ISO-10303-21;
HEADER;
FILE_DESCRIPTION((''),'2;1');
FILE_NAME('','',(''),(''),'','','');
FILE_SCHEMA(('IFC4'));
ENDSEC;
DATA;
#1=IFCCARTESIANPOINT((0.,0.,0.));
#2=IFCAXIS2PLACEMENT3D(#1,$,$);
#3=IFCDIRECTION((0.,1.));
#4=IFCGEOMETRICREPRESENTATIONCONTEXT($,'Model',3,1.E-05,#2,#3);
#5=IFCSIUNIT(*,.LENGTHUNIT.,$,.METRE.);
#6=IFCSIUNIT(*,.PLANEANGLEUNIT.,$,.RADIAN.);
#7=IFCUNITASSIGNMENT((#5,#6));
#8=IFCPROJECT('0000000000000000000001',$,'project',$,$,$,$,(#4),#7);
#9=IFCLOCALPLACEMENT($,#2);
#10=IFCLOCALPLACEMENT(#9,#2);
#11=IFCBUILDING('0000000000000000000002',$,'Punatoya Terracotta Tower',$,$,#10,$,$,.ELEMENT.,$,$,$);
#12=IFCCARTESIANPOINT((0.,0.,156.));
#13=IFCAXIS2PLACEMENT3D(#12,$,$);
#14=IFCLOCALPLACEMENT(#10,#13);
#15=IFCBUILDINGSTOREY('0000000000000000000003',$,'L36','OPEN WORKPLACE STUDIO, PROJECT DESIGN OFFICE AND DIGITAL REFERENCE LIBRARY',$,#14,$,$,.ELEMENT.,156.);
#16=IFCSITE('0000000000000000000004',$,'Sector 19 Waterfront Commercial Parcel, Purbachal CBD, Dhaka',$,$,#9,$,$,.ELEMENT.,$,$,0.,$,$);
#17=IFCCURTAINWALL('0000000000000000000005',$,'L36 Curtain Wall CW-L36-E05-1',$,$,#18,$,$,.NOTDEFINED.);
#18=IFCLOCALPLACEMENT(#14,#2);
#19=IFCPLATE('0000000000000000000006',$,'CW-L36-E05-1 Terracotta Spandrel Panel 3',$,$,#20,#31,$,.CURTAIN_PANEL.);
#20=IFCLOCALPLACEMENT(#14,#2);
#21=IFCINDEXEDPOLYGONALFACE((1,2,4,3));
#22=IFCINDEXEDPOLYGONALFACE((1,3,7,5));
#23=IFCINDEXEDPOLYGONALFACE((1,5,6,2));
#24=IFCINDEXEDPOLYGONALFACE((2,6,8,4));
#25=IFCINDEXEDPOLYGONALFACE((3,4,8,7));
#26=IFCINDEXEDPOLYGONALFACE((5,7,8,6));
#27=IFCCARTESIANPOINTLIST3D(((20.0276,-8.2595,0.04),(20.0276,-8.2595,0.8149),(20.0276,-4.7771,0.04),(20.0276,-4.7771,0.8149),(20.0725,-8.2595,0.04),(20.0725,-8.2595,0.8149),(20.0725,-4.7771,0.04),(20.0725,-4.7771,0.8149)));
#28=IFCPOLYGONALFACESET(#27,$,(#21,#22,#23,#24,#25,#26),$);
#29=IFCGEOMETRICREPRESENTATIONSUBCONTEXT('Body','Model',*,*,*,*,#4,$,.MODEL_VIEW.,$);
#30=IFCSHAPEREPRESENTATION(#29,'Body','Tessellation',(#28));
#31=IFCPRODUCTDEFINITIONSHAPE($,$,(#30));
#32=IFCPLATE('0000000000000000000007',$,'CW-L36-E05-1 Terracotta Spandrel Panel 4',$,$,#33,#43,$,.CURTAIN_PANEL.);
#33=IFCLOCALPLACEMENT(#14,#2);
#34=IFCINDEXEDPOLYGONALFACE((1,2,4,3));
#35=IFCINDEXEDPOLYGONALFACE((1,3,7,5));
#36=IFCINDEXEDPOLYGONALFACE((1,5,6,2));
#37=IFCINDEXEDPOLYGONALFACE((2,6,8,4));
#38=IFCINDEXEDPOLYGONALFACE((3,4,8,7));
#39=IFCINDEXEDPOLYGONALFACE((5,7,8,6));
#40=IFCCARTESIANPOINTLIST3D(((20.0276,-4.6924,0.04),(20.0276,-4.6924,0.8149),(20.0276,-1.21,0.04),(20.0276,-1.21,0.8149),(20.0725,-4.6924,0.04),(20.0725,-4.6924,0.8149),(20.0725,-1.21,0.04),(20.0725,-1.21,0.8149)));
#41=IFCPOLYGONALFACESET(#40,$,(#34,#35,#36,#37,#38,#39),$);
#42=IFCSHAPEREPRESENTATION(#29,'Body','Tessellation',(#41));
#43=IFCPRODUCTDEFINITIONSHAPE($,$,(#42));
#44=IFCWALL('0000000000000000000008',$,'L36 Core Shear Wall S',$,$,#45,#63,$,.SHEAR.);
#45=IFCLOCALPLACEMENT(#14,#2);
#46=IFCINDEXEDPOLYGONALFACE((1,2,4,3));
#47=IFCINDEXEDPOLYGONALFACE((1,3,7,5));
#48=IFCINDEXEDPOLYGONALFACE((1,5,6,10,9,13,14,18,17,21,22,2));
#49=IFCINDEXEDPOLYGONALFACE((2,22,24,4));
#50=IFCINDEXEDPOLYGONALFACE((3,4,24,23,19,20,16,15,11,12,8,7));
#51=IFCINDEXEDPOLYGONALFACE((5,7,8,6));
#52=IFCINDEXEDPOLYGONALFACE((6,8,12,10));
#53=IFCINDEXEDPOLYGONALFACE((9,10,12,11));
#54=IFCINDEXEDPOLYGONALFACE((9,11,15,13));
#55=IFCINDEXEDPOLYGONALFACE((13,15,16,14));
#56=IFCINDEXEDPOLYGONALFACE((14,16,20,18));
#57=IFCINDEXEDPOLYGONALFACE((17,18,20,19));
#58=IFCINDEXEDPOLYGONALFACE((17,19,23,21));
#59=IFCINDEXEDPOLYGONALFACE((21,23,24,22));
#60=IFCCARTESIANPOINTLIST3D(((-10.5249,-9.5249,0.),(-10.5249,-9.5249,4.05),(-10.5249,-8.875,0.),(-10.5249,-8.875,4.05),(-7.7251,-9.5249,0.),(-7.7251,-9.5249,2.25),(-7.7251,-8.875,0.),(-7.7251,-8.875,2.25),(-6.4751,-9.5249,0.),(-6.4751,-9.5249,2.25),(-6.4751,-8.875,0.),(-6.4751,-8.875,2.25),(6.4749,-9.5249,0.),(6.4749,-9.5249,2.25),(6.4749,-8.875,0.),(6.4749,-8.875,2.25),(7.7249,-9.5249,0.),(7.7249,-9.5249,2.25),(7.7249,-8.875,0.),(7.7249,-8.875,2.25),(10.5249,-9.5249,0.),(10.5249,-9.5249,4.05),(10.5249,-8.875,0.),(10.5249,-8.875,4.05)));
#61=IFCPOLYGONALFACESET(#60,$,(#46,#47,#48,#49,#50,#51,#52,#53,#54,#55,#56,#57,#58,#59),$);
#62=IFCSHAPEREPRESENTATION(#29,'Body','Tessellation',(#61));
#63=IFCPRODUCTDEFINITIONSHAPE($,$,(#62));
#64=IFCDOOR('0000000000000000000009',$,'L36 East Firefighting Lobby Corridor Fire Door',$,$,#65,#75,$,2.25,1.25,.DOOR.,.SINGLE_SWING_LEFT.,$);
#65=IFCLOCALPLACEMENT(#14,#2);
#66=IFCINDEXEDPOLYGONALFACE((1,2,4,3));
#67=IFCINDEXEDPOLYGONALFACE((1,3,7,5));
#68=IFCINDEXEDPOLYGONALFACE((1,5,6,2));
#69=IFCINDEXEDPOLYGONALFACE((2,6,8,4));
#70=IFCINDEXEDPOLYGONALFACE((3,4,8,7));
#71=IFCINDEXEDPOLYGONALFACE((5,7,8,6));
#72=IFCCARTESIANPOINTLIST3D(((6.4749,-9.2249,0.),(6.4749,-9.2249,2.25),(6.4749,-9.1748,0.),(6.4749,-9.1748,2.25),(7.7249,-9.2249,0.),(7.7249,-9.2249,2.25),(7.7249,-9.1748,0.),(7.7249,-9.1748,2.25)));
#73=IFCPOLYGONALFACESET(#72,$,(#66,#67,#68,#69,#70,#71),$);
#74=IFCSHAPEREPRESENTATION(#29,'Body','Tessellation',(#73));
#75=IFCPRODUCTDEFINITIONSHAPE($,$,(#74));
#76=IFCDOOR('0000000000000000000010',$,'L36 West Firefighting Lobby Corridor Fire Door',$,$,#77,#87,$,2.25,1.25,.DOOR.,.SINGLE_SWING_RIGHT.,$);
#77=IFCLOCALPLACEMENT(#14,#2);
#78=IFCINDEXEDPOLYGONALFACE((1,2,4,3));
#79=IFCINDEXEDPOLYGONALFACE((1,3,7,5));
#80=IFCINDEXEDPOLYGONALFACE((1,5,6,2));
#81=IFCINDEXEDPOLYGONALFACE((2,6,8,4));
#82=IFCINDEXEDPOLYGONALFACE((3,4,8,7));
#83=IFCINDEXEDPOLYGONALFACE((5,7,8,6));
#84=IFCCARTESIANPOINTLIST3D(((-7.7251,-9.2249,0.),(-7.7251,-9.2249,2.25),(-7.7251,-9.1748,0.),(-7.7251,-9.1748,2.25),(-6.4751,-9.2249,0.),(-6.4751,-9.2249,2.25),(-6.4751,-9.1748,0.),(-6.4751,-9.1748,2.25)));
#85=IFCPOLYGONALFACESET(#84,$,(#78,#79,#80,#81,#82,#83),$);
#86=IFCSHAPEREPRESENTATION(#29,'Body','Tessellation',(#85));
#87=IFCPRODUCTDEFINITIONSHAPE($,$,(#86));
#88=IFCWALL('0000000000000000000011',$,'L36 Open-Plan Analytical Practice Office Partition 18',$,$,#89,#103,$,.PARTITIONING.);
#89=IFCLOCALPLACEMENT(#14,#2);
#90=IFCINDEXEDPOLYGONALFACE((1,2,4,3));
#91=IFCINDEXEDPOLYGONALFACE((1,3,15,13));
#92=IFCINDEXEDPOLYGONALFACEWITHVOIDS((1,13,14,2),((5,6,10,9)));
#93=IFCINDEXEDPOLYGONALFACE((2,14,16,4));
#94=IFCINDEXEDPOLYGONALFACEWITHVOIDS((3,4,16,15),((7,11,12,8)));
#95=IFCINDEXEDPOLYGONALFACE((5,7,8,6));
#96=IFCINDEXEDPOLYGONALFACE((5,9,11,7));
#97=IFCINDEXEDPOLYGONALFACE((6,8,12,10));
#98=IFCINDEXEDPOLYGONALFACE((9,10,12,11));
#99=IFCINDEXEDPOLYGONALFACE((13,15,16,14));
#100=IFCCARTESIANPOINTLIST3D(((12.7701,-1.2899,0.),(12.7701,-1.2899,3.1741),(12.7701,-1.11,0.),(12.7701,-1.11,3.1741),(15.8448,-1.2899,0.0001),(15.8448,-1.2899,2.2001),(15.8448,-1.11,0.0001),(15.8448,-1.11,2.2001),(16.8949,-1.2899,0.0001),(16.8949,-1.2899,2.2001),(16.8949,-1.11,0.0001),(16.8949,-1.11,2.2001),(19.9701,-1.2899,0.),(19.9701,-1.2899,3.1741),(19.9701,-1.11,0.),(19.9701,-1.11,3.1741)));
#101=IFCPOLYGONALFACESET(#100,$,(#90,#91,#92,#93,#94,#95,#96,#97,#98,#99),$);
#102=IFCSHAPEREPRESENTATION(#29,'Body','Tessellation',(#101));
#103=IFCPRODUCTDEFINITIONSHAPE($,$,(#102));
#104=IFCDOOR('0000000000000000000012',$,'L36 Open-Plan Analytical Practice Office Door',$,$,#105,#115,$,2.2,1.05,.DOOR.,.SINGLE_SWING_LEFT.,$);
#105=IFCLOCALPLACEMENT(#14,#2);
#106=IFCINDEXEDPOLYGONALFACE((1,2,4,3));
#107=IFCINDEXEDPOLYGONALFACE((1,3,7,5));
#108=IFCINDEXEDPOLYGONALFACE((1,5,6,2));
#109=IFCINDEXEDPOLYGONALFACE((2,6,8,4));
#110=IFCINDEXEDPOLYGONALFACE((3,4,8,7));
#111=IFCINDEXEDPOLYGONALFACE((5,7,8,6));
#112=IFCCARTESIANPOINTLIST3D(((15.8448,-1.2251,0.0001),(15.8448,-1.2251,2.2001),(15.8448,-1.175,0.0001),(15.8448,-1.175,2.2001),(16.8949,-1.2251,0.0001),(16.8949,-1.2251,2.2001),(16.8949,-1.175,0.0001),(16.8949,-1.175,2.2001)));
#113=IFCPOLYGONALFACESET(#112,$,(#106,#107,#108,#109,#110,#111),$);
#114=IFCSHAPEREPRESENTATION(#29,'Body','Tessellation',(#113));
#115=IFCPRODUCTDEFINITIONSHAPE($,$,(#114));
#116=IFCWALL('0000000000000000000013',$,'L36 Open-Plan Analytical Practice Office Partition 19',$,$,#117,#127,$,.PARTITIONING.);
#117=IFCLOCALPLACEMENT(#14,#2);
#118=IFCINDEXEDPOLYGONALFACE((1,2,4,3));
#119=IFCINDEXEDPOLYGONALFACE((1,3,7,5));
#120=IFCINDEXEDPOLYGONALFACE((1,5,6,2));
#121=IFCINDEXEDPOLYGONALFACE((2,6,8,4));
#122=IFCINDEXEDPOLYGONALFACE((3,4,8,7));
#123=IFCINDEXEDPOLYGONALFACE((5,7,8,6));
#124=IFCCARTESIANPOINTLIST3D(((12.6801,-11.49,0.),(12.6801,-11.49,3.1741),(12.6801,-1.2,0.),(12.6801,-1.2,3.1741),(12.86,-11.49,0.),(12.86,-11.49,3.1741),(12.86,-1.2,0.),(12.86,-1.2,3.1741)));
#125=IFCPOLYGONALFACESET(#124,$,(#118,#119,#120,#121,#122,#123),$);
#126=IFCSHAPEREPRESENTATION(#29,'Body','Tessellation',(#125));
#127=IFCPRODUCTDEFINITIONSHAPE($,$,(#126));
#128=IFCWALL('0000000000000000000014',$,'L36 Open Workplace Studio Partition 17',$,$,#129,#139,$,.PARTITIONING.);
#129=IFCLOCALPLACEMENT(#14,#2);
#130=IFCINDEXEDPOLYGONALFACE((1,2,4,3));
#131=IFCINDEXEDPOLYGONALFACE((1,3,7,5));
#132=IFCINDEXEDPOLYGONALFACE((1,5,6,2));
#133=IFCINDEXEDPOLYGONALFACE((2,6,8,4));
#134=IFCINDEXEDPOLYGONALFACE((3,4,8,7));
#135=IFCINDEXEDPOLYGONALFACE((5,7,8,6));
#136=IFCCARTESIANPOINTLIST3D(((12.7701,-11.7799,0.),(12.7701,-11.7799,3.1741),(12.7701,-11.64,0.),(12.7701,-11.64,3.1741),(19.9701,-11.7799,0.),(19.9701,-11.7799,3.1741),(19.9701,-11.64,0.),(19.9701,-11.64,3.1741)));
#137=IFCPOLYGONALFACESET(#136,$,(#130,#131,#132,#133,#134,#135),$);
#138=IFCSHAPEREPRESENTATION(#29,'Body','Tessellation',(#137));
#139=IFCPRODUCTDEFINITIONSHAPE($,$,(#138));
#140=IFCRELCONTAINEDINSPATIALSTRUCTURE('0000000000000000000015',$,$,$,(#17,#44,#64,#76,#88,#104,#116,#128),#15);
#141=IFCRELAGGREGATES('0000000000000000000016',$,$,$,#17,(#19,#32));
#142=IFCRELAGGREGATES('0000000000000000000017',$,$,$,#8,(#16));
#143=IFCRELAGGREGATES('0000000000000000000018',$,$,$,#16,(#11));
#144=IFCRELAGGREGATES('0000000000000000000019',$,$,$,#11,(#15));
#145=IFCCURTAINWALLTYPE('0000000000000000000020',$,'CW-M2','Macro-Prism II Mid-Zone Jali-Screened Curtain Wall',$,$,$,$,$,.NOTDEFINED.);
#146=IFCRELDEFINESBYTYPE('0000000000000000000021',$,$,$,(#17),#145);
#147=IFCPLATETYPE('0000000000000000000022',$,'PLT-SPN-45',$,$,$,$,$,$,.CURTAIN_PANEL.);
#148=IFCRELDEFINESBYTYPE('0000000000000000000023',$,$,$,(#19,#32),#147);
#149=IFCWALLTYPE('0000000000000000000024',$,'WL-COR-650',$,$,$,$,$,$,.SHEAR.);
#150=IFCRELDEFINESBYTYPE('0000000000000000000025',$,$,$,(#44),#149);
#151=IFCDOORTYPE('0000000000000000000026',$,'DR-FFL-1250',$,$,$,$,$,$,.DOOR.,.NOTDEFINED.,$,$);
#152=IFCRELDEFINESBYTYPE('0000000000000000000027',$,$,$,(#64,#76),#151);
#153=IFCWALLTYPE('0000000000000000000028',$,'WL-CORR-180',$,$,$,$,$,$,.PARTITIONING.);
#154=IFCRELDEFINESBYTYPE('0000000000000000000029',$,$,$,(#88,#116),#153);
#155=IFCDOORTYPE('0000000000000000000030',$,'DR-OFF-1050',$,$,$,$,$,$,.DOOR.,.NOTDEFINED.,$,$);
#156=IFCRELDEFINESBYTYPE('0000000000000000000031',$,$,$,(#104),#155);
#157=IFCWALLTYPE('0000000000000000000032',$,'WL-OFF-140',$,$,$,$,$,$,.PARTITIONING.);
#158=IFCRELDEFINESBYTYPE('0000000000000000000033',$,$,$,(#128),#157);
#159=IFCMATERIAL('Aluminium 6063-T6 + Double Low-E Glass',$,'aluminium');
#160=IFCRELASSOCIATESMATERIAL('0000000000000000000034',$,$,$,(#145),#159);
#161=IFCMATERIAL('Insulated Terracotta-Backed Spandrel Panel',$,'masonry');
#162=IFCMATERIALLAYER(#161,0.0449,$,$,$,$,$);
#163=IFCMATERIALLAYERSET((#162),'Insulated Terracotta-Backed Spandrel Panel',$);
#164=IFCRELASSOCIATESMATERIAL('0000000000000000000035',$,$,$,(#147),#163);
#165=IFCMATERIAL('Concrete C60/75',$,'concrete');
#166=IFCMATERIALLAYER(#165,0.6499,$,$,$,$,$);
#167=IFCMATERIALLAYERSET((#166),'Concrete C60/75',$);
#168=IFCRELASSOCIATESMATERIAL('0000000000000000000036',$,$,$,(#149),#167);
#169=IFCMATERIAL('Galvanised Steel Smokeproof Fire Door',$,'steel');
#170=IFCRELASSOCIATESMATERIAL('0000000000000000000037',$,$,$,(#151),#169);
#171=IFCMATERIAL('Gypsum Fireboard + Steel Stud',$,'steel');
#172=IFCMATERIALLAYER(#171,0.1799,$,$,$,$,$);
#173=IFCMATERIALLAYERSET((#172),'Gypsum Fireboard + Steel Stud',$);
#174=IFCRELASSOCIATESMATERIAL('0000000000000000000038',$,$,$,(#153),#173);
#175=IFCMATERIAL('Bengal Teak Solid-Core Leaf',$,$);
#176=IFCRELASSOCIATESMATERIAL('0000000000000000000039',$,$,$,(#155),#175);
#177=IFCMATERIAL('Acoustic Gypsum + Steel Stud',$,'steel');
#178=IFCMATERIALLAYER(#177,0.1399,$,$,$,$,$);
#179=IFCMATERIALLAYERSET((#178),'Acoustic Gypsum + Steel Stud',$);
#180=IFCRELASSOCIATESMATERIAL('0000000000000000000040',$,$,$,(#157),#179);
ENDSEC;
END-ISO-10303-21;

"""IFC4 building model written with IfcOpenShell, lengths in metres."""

from ifc_helpers import new_model, si_unit, direction, frame, frame_2d, origin, origin_2d, place, context, subcontext, project, spatial, rectangle, extrude, material, layer, layer_set, type_object, element, fill, aggregate, save


model = new_model("IFC4")

# Units and contexts
model_context = context("Model", 3, precision=1e-05, world=origin(), true_north=direction((0.0, 1.0)))
body_context = subcontext(model_context, "Body", "Model", "MODEL_VIEW")
ifc_project = project(units=[si_unit("LENGTHUNIT", "METRE"), si_unit("PLANEANGLEUNIT", "RADIAN")], contexts=[model_context])

# Site, building, storey
site_placement = place(None, origin())
site = spatial("IfcSite", under=ifc_project, at=site_placement, Name="Sector 19 Waterfront Commercial Parcel, Purbachal CBD, Dhaka", CompositionType="ELEMENT", RefElevation=0.0)
building_placement = place(site_placement, origin())
building = spatial("IfcBuilding", under=site, at=building_placement, Name="Punatoya Terracotta Tower", CompositionType="ELEMENT")
storey_placement = place(building_placement, frame((0.0, 0.0, 156.0)))
storey = spatial("IfcBuildingStorey", under=building, at=storey_placement, Name="L36", Description="OPEN WORKPLACE STUDIO, PROJECT DESIGN OFFICE AND DIGITAL REFERENCE LIBRARY", CompositionType="ELEMENT", Elevation=156.0)

# Curtain wall, plates
ifc_material_1 = material(Name="Aluminium 6063-T6 + Double Low-E Glass", Category="aluminium")
curtain_wall_type = type_object("IfcCurtainWallType", Name="CW-M2", Description="Macro-Prism II Mid-Zone Jali-Screened Curtain Wall", PredefinedType="NOTDEFINED", material=ifc_material_1)
curtain_wall_placement = place(storey_placement, origin())
curtain_wall = element("IfcCurtainWall", 1, at=curtain_wall_placement, inside=storey, type_object=curtain_wall_type, Name="L36 Curtain Wall CW-L36-E05-1", PredefinedType="NOTDEFINED")
ifc_material_2 = material(Name="Insulated Terracotta-Backed Spandrel Panel", Category="masonry")
ifc_layer_1 = layer(ifc_material_2, 0.0449)
ifc_layer_set_1 = layer_set([ifc_layer_1], Name="Insulated Terracotta-Backed Spandrel Panel")
plate_type_1 = type_object("IfcPlateType", Name="PLT-SPN-45", PredefinedType="CURTAIN_PANEL", material=ifc_layer_set_1)
plate_1_placement = place(storey_placement, frame((20.05, -6.5183, 0.04), z_axis=(0.0, 0.0, 1.0), x_axis=(0.0, 1.0, 0.0)))
plate_1 = element("IfcPlate", 2, at=plate_1_placement, type_object=plate_type_1, Name="CW-L36-E05-1 Terracotta Spandrel Panel 3", PredefinedType="CURTAIN_PANEL", context=body_context, shape_type="SweptSolid", body=[
    extrude(rectangle(XDim=3.4824, YDim=0.0449, at=origin_2d()), origin(), (0.0, 0.0, 1.0), 0.7749),
])
plate_2_placement = place(storey_placement, frame((20.05, -2.9512, 0.04), z_axis=(0.0, 0.0, 1.0), x_axis=(0.0, 1.0, 0.0)))
plate_2 = element("IfcPlate", 3, at=plate_2_placement, type_object=plate_type_1, Name="CW-L36-E05-1 Terracotta Spandrel Panel 4", PredefinedType="CURTAIN_PANEL", context=body_context, shape_type="SweptSolid", body=[
    extrude(rectangle(XDim=3.4824, YDim=0.0449, at=origin_2d()), origin(), (0.0, 0.0, 1.0), 0.7749),
])
aggregate(curtain_wall, [plate_1, plate_2])

# Wall, openings, doors
ifc_material_3 = material(Name="Concrete C60/75", Category="concrete")
ifc_layer_2 = layer(ifc_material_3, 0.6499)
ifc_layer_set_2 = layer_set([ifc_layer_2], Name="Concrete C60/75")
wall_type_1 = type_object("IfcWallType", Name="WL-COR-650", PredefinedType="SHEAR", material=ifc_layer_set_2)
wall_1_placement = place(storey_placement, frame((10.5249, -9.2, 0.0), z_axis=(0.0, 0.0, 1.0), x_axis=(-1.0, 0.0, 0.0)))
wall_1 = element("IfcWall", 4, at=wall_1_placement, inside=storey, type_object=wall_type_1, Name="L36 Core Shear Wall S", PredefinedType="SHEAR", context=body_context, shape_type="SweptSolid", body=[
    extrude(rectangle(XDim=21.0498, YDim=0.6499, at=frame_2d((10.5249, 0.0))), origin(), (0.0, 0.0, 1.0), 4.05),
])
opening_1_placement = place(wall_1_placement, frame((2.8, 0.0, 0.0)))
opening_1 = element("IfcOpeningElement", 5, at=opening_1_placement, cuts=wall_1, PredefinedType="OPENING", context=body_context, shape_type="SweptSolid", body=[
    extrude(rectangle(XDim=1.25, YDim=2.25, at=frame_2d((0.625, 1.125))), frame((0.0, 0.335, 0.0), z_axis=(0.0, -1.0, 0.0), x_axis=(1.0, 0.0, 0.0)), (0.0, 0.0, 1.0), 0.6699),
])
opening_2_placement = place(wall_1_placement, frame((17.0, 0.0, 0.0)))
opening_2 = element("IfcOpeningElement", 6, at=opening_2_placement, cuts=wall_1, PredefinedType="OPENING", context=body_context, shape_type="SweptSolid", body=[
    extrude(rectangle(XDim=1.25, YDim=2.25, at=frame_2d((0.625, 1.125))), frame((0.0, 0.335, 0.0), z_axis=(0.0, -1.0, 0.0), x_axis=(1.0, 0.0, 0.0)), (0.0, 0.0, 1.0), 0.6699),
])
ifc_material_4 = material(Name="Galvanised Steel Smokeproof Fire Door", Category="steel")
door_type_1 = type_object("IfcDoorType", Name="DR-FFL-1250", OperationType="NOTDEFINED", PredefinedType="DOOR", material=ifc_material_4)
door_1_placement = place(opening_1_placement, origin())
door_1 = element("IfcDoor", 7, at=door_1_placement, inside=storey, type_object=door_type_1, Name="L36 East Firefighting Lobby Corridor Fire Door", OperationType="SINGLE_SWING_LEFT", OverallHeight=2.25, OverallWidth=1.25, PredefinedType="DOOR", context=body_context, shape_type="SweptSolid", body=[
    extrude(rectangle(XDim=1.25, YDim=2.25, at=frame_2d((0.625, 1.125))), frame((0.0, 0.0249, 0.0), z_axis=(0.0, -1.0, 0.0), x_axis=(1.0, 0.0, 0.0)), (0.0, 0.0, 1.0), 0.05),
])
fill(opening_1, door_1)
door_2_placement = place(opening_2_placement, origin())
door_2 = element("IfcDoor", 8, at=door_2_placement, inside=storey, type_object=door_type_1, Name="L36 West Firefighting Lobby Corridor Fire Door", OperationType="SINGLE_SWING_RIGHT", OverallHeight=2.25, OverallWidth=1.25, PredefinedType="DOOR", context=body_context, shape_type="SweptSolid", body=[
    extrude(rectangle(XDim=1.25, YDim=2.25, at=frame_2d((0.625, 1.125))), frame((0.0, 0.0249, 0.0), z_axis=(0.0, -1.0, 0.0), x_axis=(1.0, 0.0, 0.0)), (0.0, 0.0, 1.0), 0.05),
])
fill(opening_2, door_2)

# Wall, opening, door
ifc_material_5 = material(Name="Gypsum Fireboard + Steel Stud", Category="steel")
ifc_layer_3 = layer(ifc_material_5, 0.1799)
ifc_layer_set_3 = layer_set([ifc_layer_3], Name="Gypsum Fireboard + Steel Stud")
wall_type_2 = type_object("IfcWallType", Name="WL-CORR-180", PredefinedType="PARTITIONING", material=ifc_layer_set_3)
wall_2_placement = place(storey_placement, frame((12.77, -1.2, 0.0), z_axis=(0.0, 0.0, 1.0), x_axis=(1.0, 0.0, 0.0)))
wall_2 = element("IfcWall", 9, at=wall_2_placement, inside=storey, type_object=wall_type_2, Name="L36 Open-Plan Analytical Practice Office Partition 18", PredefinedType="PARTITIONING", context=body_context, shape_type="SweptSolid", body=[
    extrude(rectangle(XDim=7.2, YDim=0.1799, at=frame_2d((3.6001, 0.0))), origin(), (0.0, 0.0, 1.0), 3.1741),
])
opening_3_placement = place(wall_2_placement, frame((3.075, 0.0, 0.0)))
opening_3 = element("IfcOpeningElement", 10, at=opening_3_placement, cuts=wall_2, PredefinedType="OPENING", context=body_context, shape_type="SweptSolid", body=[
    extrude(rectangle(XDim=1.05, YDim=2.2, at=frame_2d((0.5249, 1.1001))), frame((0.0, 0.0999, 0.0), z_axis=(0.0, -1.0, 0.0), x_axis=(1.0, 0.0, 0.0)), (0.0, 0.0, 1.0), 0.2),
])
ifc_material_6 = material(Name="Bengal Teak Solid-Core Leaf")
door_type_2 = type_object("IfcDoorType", Name="DR-OFF-1050", OperationType="NOTDEFINED", PredefinedType="DOOR", material=ifc_material_6)
door_3_placement = place(opening_3_placement, origin())
door_3 = element("IfcDoor", 11, at=door_3_placement, inside=storey, type_object=door_type_2, Name="L36 Open-Plan Analytical Practice Office Door", OperationType="SINGLE_SWING_LEFT", OverallHeight=2.2, OverallWidth=1.05, PredefinedType="DOOR", context=body_context, shape_type="SweptSolid", body=[
    extrude(rectangle(XDim=1.05, YDim=2.2, at=frame_2d((0.5249, 1.1001))), frame((0.0, 0.0249, 0.0), z_axis=(0.0, -1.0, 0.0), x_axis=(1.0, 0.0, 0.0)), (0.0, 0.0, 1.0), 0.05),
])
fill(opening_3, door_3)

# Walls
wall_3_placement = place(storey_placement, frame((12.77, -11.49, 0.0), z_axis=(0.0, 0.0, 1.0), x_axis=(0.0, 1.0, 0.0)))
element("IfcWall", 12, at=wall_3_placement, inside=storey, type_object=wall_type_2, Name="L36 Open-Plan Analytical Practice Office Partition 19", PredefinedType="PARTITIONING", context=body_context, shape_type="SweptSolid", body=[
    extrude(rectangle(XDim=10.29, YDim=0.1799, at=frame_2d((5.145, 0.0))), origin(), (0.0, 0.0, 1.0), 3.1741),
])
ifc_material_7 = material(Name="Acoustic Gypsum + Steel Stud", Category="steel")
ifc_layer_4 = layer(ifc_material_7, 0.1399)
ifc_layer_set_4 = layer_set([ifc_layer_4], Name="Acoustic Gypsum + Steel Stud")
wall_type_3 = type_object("IfcWallType", Name="WL-OFF-140", PredefinedType="PARTITIONING", material=ifc_layer_set_4)
wall_4_placement = place(storey_placement, frame((12.77, -11.71, 0.0), z_axis=(0.0, 0.0, 1.0), x_axis=(1.0, 0.0, 0.0)))
element("IfcWall", 13, at=wall_4_placement, inside=storey, type_object=wall_type_3, Name="L36 Open Workplace Studio Partition 17", PredefinedType="PARTITIONING", context=body_context, shape_type="SweptSolid", body=[
    extrude(rectangle(XDim=7.2, YDim=0.1399, at=frame_2d((3.6001, 0.0))), origin(), (0.0, 0.0, 1.0), 3.1741),
])

save(model, "model.ifc")
